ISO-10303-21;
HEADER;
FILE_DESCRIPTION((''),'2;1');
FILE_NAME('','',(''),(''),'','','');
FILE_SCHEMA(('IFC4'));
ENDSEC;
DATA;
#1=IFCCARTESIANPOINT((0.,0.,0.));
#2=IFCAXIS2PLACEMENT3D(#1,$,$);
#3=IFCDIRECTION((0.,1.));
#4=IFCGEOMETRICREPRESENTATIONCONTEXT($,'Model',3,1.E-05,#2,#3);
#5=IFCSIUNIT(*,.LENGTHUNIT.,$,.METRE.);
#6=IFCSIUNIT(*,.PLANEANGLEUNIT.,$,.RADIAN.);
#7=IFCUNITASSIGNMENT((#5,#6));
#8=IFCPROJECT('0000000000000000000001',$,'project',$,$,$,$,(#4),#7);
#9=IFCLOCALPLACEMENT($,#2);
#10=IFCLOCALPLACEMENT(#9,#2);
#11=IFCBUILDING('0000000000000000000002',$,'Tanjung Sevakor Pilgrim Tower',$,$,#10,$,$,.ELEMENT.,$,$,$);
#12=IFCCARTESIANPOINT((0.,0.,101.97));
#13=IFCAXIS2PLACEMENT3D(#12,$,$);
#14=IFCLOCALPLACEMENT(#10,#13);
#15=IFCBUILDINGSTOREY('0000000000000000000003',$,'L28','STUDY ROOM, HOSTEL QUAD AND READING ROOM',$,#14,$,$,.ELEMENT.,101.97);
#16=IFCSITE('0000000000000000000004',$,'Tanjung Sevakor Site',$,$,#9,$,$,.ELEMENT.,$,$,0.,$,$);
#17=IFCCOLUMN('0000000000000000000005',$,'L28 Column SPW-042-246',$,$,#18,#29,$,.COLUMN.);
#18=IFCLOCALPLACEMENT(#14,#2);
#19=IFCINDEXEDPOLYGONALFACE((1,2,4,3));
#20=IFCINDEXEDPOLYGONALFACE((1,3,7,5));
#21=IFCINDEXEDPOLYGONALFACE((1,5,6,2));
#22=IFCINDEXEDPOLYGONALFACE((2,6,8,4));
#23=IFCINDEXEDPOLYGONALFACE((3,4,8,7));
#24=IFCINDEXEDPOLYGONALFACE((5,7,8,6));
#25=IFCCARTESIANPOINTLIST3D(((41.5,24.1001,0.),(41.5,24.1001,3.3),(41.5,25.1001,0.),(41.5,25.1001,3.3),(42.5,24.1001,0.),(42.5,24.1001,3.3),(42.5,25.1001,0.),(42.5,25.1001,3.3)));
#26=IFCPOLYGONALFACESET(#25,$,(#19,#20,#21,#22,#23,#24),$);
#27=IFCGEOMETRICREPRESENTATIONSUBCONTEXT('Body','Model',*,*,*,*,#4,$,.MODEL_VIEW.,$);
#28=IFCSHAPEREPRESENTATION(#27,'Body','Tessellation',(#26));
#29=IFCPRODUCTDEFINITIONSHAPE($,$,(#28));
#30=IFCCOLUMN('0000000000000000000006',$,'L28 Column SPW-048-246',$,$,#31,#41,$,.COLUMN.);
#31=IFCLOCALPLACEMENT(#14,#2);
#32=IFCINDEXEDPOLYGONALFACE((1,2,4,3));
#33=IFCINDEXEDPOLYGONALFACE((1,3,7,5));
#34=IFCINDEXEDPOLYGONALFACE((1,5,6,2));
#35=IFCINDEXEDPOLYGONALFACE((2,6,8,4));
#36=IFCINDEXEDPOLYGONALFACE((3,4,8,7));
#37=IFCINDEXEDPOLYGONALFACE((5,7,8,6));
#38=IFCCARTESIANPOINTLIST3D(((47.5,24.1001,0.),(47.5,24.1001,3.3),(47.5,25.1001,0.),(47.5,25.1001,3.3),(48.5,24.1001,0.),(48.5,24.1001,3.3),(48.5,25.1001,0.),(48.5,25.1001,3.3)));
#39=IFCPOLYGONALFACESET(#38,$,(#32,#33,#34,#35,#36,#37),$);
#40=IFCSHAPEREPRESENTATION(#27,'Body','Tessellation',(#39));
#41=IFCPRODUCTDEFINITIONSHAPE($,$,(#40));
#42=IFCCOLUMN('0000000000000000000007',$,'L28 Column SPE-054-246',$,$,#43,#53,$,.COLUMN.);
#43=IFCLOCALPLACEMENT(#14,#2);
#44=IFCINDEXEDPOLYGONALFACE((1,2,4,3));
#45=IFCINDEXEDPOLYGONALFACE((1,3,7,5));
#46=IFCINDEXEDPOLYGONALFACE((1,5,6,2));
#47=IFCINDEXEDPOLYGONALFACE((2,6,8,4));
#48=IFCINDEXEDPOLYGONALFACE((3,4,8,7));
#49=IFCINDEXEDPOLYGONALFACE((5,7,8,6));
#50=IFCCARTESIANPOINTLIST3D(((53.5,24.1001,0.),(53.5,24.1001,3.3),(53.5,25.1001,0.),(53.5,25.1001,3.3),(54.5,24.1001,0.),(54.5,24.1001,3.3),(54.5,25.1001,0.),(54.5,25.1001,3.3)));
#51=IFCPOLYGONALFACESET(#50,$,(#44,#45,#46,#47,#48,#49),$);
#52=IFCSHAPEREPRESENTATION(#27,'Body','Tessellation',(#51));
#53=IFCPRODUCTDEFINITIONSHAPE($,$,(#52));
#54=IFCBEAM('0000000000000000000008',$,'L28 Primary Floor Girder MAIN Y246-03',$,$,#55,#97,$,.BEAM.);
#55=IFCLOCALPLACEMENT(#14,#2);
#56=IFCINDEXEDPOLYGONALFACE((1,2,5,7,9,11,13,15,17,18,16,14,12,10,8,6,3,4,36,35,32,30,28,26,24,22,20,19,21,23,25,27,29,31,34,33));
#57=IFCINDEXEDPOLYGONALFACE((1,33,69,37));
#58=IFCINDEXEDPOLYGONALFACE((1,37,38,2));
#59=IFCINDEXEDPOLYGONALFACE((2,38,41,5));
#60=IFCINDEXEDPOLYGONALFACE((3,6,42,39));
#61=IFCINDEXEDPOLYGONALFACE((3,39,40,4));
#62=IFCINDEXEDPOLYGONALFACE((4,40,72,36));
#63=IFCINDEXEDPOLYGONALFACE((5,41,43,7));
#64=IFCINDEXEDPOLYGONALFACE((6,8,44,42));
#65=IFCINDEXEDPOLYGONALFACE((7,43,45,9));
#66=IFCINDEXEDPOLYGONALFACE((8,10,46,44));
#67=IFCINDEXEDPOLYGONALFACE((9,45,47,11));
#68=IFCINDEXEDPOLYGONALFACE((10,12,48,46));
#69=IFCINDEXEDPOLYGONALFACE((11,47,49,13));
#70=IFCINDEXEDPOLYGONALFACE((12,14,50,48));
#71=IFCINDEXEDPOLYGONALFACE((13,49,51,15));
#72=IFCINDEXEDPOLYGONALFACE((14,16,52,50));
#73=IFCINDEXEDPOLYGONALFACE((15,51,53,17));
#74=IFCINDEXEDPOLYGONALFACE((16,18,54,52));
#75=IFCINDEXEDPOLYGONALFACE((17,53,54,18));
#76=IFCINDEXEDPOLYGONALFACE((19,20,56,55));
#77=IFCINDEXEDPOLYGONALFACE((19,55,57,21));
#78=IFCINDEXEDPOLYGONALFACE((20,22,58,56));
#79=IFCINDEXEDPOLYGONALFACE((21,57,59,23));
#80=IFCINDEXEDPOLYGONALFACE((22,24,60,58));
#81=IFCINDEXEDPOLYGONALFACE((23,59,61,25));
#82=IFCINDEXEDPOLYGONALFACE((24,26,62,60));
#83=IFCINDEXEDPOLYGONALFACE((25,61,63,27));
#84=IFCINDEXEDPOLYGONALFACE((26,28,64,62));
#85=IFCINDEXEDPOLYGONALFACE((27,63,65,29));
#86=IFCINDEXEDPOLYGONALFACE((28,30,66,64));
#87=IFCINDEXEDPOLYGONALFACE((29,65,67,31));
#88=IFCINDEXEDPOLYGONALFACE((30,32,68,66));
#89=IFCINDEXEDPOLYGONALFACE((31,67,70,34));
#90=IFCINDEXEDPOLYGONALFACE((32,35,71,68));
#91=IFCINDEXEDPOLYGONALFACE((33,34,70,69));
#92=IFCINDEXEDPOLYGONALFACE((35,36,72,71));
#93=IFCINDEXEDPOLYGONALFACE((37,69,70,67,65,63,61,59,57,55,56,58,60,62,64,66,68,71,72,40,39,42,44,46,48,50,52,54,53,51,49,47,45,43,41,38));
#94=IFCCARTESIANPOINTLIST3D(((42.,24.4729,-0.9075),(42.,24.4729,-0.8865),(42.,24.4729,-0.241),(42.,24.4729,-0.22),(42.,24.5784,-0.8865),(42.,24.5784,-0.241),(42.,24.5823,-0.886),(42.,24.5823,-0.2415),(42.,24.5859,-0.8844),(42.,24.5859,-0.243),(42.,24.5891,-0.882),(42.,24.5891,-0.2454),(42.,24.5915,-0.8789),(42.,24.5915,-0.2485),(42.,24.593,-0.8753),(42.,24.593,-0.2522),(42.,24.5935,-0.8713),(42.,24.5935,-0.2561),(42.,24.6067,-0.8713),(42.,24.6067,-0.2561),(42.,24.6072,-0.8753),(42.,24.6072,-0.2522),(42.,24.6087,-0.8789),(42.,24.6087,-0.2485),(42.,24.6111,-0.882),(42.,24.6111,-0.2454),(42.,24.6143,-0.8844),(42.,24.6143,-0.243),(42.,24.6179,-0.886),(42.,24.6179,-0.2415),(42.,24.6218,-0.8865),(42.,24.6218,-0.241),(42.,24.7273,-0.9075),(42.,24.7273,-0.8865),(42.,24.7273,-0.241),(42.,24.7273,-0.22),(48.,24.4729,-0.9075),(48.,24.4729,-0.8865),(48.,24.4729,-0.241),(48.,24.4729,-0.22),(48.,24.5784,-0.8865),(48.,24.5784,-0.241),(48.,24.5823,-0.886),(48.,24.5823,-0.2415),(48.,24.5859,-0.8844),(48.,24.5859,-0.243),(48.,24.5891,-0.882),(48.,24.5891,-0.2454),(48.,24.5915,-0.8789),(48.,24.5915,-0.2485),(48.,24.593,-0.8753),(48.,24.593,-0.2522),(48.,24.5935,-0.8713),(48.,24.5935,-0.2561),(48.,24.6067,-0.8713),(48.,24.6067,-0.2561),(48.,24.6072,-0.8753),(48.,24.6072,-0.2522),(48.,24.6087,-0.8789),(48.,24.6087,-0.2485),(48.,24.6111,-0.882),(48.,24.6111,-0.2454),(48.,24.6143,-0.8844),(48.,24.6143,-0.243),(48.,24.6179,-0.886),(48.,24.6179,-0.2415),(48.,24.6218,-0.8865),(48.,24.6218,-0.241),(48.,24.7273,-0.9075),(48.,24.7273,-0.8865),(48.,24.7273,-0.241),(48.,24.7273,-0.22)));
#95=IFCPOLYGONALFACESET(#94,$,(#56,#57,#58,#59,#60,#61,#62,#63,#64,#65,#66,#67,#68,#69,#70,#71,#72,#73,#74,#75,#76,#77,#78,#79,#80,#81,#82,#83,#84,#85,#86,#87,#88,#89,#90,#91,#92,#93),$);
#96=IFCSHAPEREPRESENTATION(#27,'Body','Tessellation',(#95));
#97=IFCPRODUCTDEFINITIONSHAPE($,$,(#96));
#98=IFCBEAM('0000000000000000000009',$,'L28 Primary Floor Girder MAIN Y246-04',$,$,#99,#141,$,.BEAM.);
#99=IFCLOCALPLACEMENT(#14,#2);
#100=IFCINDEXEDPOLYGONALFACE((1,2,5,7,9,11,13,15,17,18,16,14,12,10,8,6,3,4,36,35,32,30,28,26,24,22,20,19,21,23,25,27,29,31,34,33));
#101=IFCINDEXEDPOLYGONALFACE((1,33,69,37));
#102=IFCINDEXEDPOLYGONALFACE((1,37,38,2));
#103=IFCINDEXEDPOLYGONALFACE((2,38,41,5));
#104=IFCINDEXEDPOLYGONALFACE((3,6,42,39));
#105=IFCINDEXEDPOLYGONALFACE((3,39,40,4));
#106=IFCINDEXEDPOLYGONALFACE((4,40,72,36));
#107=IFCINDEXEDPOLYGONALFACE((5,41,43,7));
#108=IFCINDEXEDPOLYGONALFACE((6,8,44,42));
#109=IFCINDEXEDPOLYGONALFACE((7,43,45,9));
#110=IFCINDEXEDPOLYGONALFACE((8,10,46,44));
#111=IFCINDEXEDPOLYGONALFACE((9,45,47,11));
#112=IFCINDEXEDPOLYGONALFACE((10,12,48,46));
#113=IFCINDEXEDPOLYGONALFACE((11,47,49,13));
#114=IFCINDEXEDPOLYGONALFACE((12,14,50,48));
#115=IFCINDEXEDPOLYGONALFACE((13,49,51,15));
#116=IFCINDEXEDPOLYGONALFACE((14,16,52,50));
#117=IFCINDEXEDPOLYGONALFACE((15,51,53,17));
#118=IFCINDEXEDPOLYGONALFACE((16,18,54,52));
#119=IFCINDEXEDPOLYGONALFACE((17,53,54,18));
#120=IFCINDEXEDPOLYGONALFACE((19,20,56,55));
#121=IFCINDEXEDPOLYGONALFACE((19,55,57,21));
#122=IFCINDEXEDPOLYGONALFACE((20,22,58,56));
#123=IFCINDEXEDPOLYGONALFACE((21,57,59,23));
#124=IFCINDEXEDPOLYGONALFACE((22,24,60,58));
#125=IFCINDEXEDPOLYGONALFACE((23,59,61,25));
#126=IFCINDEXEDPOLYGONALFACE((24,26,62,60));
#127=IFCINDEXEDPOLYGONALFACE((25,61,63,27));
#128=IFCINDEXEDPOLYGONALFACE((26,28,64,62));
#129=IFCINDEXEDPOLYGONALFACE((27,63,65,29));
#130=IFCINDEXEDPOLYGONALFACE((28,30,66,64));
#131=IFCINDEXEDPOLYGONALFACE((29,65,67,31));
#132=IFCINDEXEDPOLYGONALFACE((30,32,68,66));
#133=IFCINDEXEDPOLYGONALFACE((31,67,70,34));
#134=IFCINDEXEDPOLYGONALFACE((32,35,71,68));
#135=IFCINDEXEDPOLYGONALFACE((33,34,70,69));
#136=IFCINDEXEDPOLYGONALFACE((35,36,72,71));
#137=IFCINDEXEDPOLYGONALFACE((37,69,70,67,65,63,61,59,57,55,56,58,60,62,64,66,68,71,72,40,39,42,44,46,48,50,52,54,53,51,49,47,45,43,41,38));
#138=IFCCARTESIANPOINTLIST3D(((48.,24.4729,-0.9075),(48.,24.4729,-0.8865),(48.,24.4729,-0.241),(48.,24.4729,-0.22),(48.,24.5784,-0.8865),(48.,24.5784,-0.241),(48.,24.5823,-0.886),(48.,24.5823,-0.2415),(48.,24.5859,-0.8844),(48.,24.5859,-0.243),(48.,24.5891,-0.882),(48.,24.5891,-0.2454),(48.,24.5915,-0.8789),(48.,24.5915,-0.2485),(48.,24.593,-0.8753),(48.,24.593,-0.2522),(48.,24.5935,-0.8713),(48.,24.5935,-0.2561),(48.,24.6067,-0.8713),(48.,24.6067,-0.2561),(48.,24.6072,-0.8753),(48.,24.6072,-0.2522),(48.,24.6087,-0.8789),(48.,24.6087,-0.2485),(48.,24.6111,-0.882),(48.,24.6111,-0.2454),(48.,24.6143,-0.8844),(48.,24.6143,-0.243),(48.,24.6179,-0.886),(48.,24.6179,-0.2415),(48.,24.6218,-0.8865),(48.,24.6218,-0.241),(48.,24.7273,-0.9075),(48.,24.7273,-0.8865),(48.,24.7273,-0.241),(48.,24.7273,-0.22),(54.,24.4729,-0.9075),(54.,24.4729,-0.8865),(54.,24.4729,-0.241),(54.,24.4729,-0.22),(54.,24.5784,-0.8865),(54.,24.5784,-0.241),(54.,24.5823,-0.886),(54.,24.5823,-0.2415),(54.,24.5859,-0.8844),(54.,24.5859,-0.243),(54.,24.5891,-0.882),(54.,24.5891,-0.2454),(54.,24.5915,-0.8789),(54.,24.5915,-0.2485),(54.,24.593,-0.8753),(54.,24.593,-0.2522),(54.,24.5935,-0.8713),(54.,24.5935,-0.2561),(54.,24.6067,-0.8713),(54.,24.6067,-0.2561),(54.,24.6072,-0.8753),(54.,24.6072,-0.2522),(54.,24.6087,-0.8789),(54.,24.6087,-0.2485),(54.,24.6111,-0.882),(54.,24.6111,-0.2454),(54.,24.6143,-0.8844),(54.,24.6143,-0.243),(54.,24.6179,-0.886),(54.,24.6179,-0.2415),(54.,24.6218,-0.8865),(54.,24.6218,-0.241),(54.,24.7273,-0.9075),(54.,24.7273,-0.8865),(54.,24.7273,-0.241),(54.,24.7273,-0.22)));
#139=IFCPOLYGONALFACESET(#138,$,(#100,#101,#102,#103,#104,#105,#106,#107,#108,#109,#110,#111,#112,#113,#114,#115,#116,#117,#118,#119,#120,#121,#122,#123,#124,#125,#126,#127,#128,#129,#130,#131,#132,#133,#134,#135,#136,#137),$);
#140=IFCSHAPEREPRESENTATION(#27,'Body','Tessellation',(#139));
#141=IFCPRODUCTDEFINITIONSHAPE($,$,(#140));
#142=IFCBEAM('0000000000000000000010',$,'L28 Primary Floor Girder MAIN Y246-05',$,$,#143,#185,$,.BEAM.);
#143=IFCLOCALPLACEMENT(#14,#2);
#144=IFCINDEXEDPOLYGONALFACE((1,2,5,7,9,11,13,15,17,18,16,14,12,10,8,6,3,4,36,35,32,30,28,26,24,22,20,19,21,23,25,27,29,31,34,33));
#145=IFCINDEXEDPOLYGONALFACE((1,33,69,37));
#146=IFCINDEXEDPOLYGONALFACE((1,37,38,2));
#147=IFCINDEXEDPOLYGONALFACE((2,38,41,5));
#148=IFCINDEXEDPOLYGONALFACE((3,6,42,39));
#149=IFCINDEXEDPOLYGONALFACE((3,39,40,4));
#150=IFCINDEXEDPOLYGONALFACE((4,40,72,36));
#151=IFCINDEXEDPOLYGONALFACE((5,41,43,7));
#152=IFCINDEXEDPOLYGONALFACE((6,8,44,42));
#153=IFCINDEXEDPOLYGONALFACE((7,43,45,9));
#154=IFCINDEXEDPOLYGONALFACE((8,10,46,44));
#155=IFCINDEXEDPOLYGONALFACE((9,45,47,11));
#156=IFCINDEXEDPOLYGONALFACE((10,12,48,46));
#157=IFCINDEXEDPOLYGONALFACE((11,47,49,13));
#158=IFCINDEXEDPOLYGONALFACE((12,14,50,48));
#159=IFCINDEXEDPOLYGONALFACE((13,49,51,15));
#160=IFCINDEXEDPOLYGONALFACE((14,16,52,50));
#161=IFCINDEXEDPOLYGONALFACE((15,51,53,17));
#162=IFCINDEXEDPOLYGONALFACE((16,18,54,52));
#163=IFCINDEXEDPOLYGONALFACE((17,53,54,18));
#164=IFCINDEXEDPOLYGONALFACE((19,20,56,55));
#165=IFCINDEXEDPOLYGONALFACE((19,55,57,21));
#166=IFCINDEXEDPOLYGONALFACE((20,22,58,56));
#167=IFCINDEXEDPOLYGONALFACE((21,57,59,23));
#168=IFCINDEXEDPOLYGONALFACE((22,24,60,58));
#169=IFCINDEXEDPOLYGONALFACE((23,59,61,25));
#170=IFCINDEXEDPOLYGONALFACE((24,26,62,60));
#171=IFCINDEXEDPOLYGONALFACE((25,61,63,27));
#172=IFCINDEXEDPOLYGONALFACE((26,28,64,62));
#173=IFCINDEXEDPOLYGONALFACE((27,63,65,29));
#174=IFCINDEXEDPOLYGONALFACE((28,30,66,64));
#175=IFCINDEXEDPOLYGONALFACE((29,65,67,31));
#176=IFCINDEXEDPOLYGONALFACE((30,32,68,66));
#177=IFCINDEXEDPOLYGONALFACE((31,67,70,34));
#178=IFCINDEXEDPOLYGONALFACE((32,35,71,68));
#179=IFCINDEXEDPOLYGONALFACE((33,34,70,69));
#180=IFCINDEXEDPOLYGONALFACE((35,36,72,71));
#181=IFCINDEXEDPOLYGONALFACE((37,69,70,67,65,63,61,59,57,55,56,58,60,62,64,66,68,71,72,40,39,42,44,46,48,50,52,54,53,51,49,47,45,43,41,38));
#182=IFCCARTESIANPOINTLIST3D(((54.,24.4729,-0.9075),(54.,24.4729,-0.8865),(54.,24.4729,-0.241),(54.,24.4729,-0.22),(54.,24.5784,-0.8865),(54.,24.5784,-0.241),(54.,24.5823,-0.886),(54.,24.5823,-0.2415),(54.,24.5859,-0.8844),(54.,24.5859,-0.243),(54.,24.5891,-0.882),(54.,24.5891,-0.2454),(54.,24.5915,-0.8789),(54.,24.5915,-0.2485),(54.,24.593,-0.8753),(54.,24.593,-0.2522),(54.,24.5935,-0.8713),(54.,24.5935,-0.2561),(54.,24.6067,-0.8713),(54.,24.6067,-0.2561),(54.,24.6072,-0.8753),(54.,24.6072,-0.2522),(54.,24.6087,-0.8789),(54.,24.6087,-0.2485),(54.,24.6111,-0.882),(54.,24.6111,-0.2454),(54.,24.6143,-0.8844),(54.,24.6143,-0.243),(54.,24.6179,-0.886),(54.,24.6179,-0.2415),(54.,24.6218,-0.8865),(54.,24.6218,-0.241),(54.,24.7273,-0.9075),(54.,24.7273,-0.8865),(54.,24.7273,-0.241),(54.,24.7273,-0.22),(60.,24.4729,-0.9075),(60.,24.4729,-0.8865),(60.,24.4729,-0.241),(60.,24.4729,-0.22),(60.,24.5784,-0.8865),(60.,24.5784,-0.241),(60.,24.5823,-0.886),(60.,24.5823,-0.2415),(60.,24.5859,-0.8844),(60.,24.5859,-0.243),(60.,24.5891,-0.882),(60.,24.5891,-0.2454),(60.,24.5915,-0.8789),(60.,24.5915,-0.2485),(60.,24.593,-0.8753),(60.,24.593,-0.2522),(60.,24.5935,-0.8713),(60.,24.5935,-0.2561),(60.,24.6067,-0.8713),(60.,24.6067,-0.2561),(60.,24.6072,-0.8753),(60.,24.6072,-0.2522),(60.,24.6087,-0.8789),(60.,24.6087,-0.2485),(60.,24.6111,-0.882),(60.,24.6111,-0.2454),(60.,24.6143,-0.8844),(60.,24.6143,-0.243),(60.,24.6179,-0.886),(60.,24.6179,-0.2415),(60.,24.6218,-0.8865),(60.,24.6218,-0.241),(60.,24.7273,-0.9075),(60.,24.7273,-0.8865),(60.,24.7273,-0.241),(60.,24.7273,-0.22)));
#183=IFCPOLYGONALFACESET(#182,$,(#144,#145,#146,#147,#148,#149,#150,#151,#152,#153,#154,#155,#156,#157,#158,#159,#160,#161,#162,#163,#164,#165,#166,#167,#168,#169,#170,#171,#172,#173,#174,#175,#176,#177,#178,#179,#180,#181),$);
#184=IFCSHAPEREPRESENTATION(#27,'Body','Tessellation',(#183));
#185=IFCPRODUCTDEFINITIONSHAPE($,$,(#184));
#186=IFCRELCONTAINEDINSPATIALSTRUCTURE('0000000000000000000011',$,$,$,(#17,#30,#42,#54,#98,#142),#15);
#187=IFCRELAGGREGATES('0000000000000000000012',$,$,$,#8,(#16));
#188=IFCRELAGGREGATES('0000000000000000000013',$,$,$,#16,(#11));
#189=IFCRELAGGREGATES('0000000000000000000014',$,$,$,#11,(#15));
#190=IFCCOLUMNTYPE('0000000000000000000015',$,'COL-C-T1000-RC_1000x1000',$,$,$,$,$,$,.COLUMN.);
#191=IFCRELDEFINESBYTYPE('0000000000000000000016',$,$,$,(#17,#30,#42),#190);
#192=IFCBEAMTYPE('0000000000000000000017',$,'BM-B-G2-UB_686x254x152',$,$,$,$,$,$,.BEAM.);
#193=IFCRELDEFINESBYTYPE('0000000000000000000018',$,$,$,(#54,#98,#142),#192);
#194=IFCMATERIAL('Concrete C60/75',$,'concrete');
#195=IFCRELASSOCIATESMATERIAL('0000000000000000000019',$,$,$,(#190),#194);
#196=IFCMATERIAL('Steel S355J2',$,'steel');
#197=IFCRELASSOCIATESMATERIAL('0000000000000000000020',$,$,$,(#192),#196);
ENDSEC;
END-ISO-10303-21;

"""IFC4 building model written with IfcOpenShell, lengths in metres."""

from ifc_helpers import new_model, si_unit, direction, frame, origin, origin_2d, place, context, subcontext, project, spatial, rectangle, i_section, extrude, material, material_profile, profile_set, type_object, element, save


model = new_model("IFC4")

# Units and contexts
model_context = context("Model", 3, precision=1e-05, world=origin(), true_north=direction((0.0, 1.0)))
body_context = subcontext(model_context, "Body", "Model", "MODEL_VIEW")
ifc_project = project(units=[si_unit("LENGTHUNIT", "METRE"), si_unit("PLANEANGLEUNIT", "RADIAN")], contexts=[model_context])

# Site, building, storey
site_placement = place(None, origin())
site = spatial("IfcSite", under=ifc_project, at=site_placement, Name="Tanjung Sevakor Site", CompositionType="ELEMENT", RefElevation=0.0)
building_placement = place(site_placement, origin())
building = spatial("IfcBuilding", under=site, at=building_placement, Name="Tanjung Sevakor Pilgrim Tower", CompositionType="ELEMENT")
storey_placement = place(building_placement, frame((0.0, 0.0, 101.97)))
storey = spatial("IfcBuildingStorey", under=building, at=storey_placement, Name="L28", Description="STUDY ROOM, HOSTEL QUAD AND READING ROOM", CompositionType="ELEMENT", Elevation=101.97)

# Columns
ifc_material_1 = material(Name="Concrete C60/75", Category="concrete")
ifc_material_profile_1 = material_profile(ifc_material_1, rectangle(XDim=1.0, YDim=1.0, at=origin_2d()))
ifc_profile_set_1 = profile_set([ifc_material_profile_1], Name="Concrete C60/75")
column_type = type_object("IfcColumnType", Name="COL-C-T1000-RC_1000x1000", PredefinedType="COLUMN", material=ifc_profile_set_1)
for number, where, z_axis, x_axis, name in (
    (1, (42.0, 24.6001, 0.0), (0.0, 0.0, 1.0), (1.0, 0.0, 0.0), "L28 Column SPW-042-246"),
    (2, (48.0, 24.6001, 0.0), (0.0, 0.0, 1.0), (1.0, 0.0, 0.0), "L28 Column SPW-048-246"),
    (3, (54.0, 24.6001, 0.0), (0.0, 0.0, 1.0), (1.0, 0.0, 0.0), "L28 Column SPE-054-246"),
):
    element("IfcColumn", number, at=place(storey_placement, frame(where, z_axis=z_axis, x_axis=x_axis)), inside=storey, type_object=column_type, Name=name, PredefinedType="COLUMN", context=body_context, shape_type="SweptSolid", body=[
        extrude(rectangle(XDim=1.0, YDim=1.0, at=origin_2d()), origin(), (0.0, 0.0, 1.0), 3.3),
    ])

# Beams
ifc_material_2 = material(Name="Steel S355J2", Category="steel")
ifc_material_profile_2 = material_profile(ifc_material_2, i_section(OverallWidth=0.2544, OverallDepth=0.6875, WebThickness=0.0132, FlangeThickness=0.021, FilletRadius=0.0151, at=origin_2d()))
ifc_profile_set_2 = profile_set([ifc_material_profile_2], Name="Steel S355J2")
beam_type_1 = type_object("IfcBeamType", Name="BM-B-G2-UB_686x254x152", PredefinedType="BEAM", material=ifc_profile_set_2)
for number, where, z_axis, x_axis, name in (
    (4, (42.0, 24.6001, -0.5637), (1.0, 0.0, 0.0), (0.0, 1.0, 0.0), "L28 Primary Floor Girder MAIN Y246-03"),
    (5, (48.0, 24.6001, -0.5637), (1.0, 0.0, 0.0), (0.0, 1.0, 0.0), "L28 Primary Floor Girder MAIN Y246-04"),
    (6, (54.0, 24.6001, -0.5637), (1.0, 0.0, 0.0), (0.0, 1.0, 0.0), "L28 Primary Floor Girder MAIN Y246-05"),
):
    element("IfcBeam", number, at=place(storey_placement, frame(where, z_axis=z_axis, x_axis=x_axis)), inside=storey, type_object=beam_type_1, Name=name, PredefinedType="BEAM", context=body_context, shape_type="SweptSolid", body=[
        extrude(i_section(OverallWidth=0.2544, OverallDepth=0.6875, WebThickness=0.0132, FlangeThickness=0.021, FilletRadius=0.0151, at=origin_2d()), origin(), (0.0, 0.0, 1.0), 6.0),
    ])

save(model, "model.ifc")
